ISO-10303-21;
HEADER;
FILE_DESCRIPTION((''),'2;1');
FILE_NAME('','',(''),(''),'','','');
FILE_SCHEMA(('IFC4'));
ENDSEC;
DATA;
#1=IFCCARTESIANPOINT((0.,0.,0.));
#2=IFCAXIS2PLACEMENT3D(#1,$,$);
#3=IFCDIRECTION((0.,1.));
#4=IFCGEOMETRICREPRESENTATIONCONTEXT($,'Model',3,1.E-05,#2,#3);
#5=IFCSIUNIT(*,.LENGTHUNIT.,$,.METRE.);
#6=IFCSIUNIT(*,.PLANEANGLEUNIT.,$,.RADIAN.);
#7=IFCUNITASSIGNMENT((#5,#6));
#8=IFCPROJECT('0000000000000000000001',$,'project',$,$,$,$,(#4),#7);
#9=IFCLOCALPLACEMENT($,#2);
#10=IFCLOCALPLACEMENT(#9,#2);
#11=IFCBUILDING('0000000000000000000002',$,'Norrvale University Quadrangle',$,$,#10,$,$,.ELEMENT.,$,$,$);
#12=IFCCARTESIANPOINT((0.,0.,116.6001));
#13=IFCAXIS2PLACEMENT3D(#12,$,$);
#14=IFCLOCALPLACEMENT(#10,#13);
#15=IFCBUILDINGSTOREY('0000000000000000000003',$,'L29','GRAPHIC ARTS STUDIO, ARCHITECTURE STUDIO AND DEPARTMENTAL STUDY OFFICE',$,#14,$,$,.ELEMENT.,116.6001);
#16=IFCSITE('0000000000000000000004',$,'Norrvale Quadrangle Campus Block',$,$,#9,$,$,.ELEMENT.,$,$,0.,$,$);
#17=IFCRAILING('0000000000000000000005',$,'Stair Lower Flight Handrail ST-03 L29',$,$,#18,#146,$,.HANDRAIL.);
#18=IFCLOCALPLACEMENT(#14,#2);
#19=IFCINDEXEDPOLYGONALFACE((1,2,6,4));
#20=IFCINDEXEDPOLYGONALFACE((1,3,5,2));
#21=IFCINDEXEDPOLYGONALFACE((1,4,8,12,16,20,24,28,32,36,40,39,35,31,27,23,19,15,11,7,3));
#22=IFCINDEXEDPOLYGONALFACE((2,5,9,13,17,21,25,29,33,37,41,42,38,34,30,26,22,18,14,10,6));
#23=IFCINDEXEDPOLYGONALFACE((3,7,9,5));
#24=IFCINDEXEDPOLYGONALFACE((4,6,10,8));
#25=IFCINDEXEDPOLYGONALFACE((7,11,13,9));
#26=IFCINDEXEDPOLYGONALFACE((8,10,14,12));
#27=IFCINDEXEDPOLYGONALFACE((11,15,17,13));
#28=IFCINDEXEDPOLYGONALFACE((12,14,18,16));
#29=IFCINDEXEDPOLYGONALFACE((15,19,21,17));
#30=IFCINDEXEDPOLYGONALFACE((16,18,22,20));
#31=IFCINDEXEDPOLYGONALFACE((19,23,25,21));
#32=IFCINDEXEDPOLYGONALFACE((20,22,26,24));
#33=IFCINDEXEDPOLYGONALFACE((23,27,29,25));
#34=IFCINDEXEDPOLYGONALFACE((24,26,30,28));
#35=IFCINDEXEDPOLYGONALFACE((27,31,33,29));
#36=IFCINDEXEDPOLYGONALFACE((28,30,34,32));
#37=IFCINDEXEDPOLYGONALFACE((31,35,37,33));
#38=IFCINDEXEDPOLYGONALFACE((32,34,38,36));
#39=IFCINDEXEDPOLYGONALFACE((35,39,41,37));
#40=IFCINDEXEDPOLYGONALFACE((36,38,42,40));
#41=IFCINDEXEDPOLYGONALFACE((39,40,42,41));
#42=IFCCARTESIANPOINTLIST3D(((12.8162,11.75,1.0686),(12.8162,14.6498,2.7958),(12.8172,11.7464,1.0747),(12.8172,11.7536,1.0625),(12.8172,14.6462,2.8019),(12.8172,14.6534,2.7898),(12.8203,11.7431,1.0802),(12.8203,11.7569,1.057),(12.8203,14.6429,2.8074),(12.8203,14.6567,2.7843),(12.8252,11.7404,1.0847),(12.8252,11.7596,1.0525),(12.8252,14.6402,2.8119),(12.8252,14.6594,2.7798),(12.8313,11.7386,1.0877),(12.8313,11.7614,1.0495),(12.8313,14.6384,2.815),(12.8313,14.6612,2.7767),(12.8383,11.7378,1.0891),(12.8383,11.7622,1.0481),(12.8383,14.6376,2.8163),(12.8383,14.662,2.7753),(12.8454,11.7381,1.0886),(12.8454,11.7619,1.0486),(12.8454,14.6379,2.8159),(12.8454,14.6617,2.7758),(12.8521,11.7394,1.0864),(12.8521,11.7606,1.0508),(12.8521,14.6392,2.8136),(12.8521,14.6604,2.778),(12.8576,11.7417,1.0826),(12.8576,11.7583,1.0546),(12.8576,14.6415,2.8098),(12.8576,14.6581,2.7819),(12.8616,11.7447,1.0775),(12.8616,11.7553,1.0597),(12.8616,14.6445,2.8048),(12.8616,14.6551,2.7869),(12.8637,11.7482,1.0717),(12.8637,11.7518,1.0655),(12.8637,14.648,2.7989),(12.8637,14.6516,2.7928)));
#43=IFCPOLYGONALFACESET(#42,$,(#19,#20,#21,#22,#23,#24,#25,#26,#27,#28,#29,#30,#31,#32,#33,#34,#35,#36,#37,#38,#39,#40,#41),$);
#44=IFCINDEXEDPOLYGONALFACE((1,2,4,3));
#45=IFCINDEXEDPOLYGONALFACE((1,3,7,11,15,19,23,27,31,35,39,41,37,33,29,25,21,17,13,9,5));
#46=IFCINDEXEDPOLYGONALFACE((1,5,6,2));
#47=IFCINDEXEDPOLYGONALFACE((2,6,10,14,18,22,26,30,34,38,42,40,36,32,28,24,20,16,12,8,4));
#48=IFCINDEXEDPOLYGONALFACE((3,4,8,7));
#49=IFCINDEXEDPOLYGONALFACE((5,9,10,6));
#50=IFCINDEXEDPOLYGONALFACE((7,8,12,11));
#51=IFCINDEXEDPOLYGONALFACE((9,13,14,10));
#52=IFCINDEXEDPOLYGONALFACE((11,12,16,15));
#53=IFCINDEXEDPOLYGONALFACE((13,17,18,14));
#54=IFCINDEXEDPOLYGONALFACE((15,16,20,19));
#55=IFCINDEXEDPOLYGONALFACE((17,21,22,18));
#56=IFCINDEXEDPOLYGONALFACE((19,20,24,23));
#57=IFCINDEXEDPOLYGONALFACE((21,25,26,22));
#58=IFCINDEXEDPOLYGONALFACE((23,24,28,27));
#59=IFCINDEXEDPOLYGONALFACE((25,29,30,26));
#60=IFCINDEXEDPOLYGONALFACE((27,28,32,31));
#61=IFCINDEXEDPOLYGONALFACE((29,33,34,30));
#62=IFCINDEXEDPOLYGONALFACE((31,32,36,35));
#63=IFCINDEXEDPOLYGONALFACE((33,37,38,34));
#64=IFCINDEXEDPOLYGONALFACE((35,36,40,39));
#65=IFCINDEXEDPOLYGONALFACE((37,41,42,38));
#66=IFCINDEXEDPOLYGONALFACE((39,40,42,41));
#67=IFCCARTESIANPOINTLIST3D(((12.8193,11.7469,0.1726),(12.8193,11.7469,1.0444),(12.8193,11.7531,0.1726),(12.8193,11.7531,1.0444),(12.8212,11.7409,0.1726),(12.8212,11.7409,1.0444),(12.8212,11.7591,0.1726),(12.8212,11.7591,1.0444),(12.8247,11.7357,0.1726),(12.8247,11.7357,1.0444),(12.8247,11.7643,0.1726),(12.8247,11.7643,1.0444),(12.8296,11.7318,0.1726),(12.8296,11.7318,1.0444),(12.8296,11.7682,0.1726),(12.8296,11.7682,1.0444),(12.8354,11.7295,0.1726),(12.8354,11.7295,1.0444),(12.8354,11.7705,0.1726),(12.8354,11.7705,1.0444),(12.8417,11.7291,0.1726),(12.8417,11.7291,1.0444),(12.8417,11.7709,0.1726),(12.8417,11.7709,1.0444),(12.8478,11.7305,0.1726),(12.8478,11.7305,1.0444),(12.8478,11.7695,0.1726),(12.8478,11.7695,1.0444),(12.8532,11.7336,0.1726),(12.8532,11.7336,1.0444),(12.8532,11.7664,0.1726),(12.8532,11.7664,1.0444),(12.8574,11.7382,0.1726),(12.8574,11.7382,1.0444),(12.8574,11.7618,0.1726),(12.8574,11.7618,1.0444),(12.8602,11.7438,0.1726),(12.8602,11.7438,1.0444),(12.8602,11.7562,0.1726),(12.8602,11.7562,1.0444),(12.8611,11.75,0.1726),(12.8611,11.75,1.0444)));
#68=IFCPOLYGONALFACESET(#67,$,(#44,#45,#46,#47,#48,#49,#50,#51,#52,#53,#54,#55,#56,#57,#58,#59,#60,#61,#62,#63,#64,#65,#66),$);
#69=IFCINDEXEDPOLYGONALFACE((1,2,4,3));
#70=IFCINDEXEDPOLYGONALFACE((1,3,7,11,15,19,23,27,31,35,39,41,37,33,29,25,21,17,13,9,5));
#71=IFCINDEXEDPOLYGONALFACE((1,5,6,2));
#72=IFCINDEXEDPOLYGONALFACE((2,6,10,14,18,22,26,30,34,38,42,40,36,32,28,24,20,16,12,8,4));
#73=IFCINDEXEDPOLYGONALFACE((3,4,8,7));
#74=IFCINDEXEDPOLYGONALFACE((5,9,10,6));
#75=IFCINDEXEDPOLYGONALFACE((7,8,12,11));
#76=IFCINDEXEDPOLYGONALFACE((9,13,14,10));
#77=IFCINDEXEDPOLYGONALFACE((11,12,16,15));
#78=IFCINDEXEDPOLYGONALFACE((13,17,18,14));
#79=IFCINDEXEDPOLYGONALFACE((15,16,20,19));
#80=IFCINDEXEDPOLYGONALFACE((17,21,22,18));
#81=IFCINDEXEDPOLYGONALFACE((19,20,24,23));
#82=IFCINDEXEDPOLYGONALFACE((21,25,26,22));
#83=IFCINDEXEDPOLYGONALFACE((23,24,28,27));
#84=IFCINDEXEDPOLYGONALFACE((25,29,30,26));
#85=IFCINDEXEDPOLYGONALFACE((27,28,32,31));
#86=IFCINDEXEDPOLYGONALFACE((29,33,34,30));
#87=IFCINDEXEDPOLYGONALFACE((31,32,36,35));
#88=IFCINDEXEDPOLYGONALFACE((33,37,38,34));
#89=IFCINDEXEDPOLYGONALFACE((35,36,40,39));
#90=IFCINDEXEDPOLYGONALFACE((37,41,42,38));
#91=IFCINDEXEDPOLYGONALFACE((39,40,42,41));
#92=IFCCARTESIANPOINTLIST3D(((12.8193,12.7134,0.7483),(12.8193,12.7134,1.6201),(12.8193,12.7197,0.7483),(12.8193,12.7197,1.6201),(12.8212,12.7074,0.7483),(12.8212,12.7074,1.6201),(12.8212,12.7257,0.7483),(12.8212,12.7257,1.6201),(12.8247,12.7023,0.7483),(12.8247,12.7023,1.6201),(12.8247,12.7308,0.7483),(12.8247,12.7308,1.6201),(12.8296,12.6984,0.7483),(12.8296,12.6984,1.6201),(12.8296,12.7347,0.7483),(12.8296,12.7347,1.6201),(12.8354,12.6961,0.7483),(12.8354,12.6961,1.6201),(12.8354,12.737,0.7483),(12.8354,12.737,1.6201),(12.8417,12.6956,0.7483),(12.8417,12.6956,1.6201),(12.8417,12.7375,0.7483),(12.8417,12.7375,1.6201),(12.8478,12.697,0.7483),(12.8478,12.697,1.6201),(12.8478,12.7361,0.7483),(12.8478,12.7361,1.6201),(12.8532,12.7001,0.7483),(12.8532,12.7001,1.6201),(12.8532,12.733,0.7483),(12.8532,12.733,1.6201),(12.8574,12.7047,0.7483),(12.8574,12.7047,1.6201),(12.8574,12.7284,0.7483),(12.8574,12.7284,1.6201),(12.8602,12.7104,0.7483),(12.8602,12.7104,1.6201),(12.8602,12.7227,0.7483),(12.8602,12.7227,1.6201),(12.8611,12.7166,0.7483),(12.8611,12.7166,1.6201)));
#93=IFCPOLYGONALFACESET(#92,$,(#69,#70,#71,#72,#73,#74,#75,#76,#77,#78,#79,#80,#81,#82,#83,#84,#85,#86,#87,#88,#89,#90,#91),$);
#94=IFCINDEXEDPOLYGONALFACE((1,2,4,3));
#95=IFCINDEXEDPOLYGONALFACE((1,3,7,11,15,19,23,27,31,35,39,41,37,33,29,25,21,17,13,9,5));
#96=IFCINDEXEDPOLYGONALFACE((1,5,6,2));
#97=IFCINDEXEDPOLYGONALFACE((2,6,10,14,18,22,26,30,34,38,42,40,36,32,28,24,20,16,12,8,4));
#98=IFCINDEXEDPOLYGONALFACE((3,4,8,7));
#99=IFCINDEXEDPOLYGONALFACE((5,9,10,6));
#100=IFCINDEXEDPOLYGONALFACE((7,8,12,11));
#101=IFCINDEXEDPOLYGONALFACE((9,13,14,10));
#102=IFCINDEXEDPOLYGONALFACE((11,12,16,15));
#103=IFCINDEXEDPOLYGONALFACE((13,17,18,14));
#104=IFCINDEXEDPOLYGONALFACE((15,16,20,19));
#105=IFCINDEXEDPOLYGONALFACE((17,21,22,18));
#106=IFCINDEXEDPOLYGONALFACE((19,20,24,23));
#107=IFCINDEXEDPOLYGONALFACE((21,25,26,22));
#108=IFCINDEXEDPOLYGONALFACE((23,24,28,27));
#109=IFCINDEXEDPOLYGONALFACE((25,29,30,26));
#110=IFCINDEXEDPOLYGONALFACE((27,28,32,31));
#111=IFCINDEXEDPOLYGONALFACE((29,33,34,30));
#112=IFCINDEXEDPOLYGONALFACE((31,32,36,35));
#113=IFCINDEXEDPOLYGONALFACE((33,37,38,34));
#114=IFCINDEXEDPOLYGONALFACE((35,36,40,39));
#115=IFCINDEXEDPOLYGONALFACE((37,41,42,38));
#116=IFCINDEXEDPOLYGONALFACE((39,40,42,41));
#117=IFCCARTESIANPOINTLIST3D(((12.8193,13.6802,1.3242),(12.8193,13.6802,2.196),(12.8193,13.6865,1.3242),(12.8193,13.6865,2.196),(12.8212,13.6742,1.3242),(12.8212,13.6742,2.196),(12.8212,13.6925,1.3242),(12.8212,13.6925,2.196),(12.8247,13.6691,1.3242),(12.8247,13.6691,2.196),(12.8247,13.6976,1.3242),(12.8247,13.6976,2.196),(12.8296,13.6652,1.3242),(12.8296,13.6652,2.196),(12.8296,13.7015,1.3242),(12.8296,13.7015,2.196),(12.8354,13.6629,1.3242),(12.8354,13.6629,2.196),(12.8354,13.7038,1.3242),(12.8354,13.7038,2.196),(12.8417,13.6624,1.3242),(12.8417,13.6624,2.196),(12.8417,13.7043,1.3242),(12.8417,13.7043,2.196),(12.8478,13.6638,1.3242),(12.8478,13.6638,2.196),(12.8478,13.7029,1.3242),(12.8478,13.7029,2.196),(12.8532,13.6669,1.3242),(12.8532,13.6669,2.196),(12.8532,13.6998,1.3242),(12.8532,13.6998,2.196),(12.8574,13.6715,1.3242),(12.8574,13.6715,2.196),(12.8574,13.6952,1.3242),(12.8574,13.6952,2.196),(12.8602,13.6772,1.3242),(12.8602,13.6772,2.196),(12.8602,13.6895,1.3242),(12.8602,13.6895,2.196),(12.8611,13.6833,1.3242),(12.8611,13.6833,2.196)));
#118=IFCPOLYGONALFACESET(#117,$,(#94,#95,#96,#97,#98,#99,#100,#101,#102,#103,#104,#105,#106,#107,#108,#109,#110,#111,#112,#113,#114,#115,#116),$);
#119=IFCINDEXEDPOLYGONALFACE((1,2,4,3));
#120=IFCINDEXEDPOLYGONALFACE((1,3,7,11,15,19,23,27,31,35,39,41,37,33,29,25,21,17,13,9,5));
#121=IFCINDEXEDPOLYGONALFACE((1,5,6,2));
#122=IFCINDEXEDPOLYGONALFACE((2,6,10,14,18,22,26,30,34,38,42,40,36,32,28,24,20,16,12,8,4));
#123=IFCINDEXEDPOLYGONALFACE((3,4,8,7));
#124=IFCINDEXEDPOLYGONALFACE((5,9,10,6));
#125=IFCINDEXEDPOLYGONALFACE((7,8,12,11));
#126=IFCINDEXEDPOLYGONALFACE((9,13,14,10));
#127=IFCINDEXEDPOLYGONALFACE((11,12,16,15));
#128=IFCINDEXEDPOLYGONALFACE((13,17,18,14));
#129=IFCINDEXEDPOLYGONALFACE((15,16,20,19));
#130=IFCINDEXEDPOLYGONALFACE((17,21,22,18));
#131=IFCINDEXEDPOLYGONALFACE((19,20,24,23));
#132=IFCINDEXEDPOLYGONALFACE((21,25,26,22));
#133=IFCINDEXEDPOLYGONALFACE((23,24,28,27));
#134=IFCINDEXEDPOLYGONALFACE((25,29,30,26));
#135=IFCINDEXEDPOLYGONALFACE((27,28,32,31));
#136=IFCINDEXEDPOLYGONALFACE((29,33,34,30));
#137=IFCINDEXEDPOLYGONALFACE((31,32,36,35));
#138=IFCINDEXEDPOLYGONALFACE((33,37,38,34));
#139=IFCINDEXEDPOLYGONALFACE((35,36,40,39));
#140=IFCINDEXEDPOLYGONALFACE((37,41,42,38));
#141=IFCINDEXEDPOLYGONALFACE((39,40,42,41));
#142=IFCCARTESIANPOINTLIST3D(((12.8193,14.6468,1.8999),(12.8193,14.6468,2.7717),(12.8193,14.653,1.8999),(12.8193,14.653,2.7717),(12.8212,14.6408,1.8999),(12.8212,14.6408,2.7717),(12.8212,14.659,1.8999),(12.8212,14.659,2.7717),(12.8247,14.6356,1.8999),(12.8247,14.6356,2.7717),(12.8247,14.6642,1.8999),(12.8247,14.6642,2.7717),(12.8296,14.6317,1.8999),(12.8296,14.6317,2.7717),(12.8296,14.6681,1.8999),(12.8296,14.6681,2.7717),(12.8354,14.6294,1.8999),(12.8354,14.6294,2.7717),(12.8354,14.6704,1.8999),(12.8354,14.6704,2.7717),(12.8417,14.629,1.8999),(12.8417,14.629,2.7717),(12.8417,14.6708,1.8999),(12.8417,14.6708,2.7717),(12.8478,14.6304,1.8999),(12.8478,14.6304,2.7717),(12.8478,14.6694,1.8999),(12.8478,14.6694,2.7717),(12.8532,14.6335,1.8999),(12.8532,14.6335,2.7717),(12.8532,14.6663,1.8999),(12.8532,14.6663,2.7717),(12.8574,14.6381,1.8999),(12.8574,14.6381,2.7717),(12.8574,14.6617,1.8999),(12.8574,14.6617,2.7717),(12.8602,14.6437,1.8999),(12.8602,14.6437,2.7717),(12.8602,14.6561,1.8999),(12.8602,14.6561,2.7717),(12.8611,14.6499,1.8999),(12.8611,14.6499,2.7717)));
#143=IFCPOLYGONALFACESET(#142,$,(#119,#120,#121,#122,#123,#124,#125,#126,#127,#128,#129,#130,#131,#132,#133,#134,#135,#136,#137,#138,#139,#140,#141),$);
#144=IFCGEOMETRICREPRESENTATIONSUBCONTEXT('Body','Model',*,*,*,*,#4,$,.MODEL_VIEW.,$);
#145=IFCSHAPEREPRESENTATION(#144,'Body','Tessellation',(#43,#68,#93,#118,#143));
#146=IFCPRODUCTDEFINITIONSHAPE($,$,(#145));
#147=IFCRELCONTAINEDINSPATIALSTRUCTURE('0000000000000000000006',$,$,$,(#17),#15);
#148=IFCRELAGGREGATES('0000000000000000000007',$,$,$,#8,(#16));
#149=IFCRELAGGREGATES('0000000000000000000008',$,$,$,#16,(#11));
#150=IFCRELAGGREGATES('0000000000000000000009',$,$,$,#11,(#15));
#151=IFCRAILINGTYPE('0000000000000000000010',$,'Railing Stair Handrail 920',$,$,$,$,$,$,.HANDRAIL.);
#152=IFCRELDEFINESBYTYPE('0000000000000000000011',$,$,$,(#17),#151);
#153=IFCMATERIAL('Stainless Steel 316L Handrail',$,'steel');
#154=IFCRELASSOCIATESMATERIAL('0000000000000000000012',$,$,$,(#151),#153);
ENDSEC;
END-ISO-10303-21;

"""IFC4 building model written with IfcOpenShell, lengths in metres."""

from ifc_helpers import new_model, si_unit, direction, frame, origin, origin_2d, place, context, subcontext, project, spatial, circle, extrude, material, type_object, element, save


model = new_model("IFC4")

# Units and contexts
model_context = context("Model", 3, precision=1e-05, world=origin(), true_north=direction((0.0, 1.0)))
body_context = subcontext(model_context, "Body", "Model", "MODEL_VIEW")
ifc_project = project(units=[si_unit("LENGTHUNIT", "METRE"), si_unit("PLANEANGLEUNIT", "RADIAN")], contexts=[model_context])

# Site, building, storey
site_placement = place(None, origin())
site = spatial("IfcSite", under=ifc_project, at=site_placement, Name="Norrvale Quadrangle Campus Block", CompositionType="ELEMENT", RefElevation=0.0)
building_placement = place(site_placement, origin())
building = spatial("IfcBuilding", under=site, at=building_placement, Name="Norrvale University Quadrangle", CompositionType="ELEMENT")
storey_placement = place(building_placement, frame((0.0, 0.0, 116.6001)))
storey = spatial("IfcBuildingStorey", under=building, at=storey_placement, Name="L29", Description="GRAPHIC ARTS STUDIO, ARCHITECTURE STUDIO AND DEPARTMENTAL STUDY OFFICE", CompositionType="ELEMENT", Elevation=116.6001)

# Railing
ifc_material_1 = material(Name="Stainless Steel 316L Handrail", Category="steel")
railing_type_1 = type_object("IfcRailingType", Name="Railing Stair Handrail 920", PredefinedType="HANDRAIL", material=ifc_material_1)
railing_1_placement = place(storey_placement, frame((12.8401, 11.75, 0.1726)))
element("IfcRailing", 1, at=railing_1_placement, inside=storey, type_object=railing_type_1, Name="Stair Lower Flight Handrail ST-03 L29", PredefinedType="HANDRAIL", context=body_context, shape_type="SweptSolid", body=[
    extrude(circle(Radius=0.0239, at=origin_2d()), frame((0.0, 0.0, 0.896), z_axis=(0.0, 0.859141, 0.511738), x_axis=(-1.0, 0.0, 0.0)), (0.0, 0.0, 1.0), 3.3752),
    extrude(circle(Radius=0.021, at=origin_2d()), origin(), (0.0, 0.0, 1.0), 0.8718),
    extrude(circle(Radius=0.021, at=origin_2d()), frame((0.0, 0.9666, 0.5757)), (0.0, 0.0, 1.0), 0.8718),
    extrude(circle(Radius=0.021, at=origin_2d()), frame((0.0, 1.9333, 1.1516)), (0.0, 0.0, 1.0), 0.8718),
    extrude(circle(Radius=0.021, at=origin_2d()), frame((0.0, 2.8999, 1.7273)), (0.0, 0.0, 1.0), 0.8718),
])

save(model, "model.ifc")
